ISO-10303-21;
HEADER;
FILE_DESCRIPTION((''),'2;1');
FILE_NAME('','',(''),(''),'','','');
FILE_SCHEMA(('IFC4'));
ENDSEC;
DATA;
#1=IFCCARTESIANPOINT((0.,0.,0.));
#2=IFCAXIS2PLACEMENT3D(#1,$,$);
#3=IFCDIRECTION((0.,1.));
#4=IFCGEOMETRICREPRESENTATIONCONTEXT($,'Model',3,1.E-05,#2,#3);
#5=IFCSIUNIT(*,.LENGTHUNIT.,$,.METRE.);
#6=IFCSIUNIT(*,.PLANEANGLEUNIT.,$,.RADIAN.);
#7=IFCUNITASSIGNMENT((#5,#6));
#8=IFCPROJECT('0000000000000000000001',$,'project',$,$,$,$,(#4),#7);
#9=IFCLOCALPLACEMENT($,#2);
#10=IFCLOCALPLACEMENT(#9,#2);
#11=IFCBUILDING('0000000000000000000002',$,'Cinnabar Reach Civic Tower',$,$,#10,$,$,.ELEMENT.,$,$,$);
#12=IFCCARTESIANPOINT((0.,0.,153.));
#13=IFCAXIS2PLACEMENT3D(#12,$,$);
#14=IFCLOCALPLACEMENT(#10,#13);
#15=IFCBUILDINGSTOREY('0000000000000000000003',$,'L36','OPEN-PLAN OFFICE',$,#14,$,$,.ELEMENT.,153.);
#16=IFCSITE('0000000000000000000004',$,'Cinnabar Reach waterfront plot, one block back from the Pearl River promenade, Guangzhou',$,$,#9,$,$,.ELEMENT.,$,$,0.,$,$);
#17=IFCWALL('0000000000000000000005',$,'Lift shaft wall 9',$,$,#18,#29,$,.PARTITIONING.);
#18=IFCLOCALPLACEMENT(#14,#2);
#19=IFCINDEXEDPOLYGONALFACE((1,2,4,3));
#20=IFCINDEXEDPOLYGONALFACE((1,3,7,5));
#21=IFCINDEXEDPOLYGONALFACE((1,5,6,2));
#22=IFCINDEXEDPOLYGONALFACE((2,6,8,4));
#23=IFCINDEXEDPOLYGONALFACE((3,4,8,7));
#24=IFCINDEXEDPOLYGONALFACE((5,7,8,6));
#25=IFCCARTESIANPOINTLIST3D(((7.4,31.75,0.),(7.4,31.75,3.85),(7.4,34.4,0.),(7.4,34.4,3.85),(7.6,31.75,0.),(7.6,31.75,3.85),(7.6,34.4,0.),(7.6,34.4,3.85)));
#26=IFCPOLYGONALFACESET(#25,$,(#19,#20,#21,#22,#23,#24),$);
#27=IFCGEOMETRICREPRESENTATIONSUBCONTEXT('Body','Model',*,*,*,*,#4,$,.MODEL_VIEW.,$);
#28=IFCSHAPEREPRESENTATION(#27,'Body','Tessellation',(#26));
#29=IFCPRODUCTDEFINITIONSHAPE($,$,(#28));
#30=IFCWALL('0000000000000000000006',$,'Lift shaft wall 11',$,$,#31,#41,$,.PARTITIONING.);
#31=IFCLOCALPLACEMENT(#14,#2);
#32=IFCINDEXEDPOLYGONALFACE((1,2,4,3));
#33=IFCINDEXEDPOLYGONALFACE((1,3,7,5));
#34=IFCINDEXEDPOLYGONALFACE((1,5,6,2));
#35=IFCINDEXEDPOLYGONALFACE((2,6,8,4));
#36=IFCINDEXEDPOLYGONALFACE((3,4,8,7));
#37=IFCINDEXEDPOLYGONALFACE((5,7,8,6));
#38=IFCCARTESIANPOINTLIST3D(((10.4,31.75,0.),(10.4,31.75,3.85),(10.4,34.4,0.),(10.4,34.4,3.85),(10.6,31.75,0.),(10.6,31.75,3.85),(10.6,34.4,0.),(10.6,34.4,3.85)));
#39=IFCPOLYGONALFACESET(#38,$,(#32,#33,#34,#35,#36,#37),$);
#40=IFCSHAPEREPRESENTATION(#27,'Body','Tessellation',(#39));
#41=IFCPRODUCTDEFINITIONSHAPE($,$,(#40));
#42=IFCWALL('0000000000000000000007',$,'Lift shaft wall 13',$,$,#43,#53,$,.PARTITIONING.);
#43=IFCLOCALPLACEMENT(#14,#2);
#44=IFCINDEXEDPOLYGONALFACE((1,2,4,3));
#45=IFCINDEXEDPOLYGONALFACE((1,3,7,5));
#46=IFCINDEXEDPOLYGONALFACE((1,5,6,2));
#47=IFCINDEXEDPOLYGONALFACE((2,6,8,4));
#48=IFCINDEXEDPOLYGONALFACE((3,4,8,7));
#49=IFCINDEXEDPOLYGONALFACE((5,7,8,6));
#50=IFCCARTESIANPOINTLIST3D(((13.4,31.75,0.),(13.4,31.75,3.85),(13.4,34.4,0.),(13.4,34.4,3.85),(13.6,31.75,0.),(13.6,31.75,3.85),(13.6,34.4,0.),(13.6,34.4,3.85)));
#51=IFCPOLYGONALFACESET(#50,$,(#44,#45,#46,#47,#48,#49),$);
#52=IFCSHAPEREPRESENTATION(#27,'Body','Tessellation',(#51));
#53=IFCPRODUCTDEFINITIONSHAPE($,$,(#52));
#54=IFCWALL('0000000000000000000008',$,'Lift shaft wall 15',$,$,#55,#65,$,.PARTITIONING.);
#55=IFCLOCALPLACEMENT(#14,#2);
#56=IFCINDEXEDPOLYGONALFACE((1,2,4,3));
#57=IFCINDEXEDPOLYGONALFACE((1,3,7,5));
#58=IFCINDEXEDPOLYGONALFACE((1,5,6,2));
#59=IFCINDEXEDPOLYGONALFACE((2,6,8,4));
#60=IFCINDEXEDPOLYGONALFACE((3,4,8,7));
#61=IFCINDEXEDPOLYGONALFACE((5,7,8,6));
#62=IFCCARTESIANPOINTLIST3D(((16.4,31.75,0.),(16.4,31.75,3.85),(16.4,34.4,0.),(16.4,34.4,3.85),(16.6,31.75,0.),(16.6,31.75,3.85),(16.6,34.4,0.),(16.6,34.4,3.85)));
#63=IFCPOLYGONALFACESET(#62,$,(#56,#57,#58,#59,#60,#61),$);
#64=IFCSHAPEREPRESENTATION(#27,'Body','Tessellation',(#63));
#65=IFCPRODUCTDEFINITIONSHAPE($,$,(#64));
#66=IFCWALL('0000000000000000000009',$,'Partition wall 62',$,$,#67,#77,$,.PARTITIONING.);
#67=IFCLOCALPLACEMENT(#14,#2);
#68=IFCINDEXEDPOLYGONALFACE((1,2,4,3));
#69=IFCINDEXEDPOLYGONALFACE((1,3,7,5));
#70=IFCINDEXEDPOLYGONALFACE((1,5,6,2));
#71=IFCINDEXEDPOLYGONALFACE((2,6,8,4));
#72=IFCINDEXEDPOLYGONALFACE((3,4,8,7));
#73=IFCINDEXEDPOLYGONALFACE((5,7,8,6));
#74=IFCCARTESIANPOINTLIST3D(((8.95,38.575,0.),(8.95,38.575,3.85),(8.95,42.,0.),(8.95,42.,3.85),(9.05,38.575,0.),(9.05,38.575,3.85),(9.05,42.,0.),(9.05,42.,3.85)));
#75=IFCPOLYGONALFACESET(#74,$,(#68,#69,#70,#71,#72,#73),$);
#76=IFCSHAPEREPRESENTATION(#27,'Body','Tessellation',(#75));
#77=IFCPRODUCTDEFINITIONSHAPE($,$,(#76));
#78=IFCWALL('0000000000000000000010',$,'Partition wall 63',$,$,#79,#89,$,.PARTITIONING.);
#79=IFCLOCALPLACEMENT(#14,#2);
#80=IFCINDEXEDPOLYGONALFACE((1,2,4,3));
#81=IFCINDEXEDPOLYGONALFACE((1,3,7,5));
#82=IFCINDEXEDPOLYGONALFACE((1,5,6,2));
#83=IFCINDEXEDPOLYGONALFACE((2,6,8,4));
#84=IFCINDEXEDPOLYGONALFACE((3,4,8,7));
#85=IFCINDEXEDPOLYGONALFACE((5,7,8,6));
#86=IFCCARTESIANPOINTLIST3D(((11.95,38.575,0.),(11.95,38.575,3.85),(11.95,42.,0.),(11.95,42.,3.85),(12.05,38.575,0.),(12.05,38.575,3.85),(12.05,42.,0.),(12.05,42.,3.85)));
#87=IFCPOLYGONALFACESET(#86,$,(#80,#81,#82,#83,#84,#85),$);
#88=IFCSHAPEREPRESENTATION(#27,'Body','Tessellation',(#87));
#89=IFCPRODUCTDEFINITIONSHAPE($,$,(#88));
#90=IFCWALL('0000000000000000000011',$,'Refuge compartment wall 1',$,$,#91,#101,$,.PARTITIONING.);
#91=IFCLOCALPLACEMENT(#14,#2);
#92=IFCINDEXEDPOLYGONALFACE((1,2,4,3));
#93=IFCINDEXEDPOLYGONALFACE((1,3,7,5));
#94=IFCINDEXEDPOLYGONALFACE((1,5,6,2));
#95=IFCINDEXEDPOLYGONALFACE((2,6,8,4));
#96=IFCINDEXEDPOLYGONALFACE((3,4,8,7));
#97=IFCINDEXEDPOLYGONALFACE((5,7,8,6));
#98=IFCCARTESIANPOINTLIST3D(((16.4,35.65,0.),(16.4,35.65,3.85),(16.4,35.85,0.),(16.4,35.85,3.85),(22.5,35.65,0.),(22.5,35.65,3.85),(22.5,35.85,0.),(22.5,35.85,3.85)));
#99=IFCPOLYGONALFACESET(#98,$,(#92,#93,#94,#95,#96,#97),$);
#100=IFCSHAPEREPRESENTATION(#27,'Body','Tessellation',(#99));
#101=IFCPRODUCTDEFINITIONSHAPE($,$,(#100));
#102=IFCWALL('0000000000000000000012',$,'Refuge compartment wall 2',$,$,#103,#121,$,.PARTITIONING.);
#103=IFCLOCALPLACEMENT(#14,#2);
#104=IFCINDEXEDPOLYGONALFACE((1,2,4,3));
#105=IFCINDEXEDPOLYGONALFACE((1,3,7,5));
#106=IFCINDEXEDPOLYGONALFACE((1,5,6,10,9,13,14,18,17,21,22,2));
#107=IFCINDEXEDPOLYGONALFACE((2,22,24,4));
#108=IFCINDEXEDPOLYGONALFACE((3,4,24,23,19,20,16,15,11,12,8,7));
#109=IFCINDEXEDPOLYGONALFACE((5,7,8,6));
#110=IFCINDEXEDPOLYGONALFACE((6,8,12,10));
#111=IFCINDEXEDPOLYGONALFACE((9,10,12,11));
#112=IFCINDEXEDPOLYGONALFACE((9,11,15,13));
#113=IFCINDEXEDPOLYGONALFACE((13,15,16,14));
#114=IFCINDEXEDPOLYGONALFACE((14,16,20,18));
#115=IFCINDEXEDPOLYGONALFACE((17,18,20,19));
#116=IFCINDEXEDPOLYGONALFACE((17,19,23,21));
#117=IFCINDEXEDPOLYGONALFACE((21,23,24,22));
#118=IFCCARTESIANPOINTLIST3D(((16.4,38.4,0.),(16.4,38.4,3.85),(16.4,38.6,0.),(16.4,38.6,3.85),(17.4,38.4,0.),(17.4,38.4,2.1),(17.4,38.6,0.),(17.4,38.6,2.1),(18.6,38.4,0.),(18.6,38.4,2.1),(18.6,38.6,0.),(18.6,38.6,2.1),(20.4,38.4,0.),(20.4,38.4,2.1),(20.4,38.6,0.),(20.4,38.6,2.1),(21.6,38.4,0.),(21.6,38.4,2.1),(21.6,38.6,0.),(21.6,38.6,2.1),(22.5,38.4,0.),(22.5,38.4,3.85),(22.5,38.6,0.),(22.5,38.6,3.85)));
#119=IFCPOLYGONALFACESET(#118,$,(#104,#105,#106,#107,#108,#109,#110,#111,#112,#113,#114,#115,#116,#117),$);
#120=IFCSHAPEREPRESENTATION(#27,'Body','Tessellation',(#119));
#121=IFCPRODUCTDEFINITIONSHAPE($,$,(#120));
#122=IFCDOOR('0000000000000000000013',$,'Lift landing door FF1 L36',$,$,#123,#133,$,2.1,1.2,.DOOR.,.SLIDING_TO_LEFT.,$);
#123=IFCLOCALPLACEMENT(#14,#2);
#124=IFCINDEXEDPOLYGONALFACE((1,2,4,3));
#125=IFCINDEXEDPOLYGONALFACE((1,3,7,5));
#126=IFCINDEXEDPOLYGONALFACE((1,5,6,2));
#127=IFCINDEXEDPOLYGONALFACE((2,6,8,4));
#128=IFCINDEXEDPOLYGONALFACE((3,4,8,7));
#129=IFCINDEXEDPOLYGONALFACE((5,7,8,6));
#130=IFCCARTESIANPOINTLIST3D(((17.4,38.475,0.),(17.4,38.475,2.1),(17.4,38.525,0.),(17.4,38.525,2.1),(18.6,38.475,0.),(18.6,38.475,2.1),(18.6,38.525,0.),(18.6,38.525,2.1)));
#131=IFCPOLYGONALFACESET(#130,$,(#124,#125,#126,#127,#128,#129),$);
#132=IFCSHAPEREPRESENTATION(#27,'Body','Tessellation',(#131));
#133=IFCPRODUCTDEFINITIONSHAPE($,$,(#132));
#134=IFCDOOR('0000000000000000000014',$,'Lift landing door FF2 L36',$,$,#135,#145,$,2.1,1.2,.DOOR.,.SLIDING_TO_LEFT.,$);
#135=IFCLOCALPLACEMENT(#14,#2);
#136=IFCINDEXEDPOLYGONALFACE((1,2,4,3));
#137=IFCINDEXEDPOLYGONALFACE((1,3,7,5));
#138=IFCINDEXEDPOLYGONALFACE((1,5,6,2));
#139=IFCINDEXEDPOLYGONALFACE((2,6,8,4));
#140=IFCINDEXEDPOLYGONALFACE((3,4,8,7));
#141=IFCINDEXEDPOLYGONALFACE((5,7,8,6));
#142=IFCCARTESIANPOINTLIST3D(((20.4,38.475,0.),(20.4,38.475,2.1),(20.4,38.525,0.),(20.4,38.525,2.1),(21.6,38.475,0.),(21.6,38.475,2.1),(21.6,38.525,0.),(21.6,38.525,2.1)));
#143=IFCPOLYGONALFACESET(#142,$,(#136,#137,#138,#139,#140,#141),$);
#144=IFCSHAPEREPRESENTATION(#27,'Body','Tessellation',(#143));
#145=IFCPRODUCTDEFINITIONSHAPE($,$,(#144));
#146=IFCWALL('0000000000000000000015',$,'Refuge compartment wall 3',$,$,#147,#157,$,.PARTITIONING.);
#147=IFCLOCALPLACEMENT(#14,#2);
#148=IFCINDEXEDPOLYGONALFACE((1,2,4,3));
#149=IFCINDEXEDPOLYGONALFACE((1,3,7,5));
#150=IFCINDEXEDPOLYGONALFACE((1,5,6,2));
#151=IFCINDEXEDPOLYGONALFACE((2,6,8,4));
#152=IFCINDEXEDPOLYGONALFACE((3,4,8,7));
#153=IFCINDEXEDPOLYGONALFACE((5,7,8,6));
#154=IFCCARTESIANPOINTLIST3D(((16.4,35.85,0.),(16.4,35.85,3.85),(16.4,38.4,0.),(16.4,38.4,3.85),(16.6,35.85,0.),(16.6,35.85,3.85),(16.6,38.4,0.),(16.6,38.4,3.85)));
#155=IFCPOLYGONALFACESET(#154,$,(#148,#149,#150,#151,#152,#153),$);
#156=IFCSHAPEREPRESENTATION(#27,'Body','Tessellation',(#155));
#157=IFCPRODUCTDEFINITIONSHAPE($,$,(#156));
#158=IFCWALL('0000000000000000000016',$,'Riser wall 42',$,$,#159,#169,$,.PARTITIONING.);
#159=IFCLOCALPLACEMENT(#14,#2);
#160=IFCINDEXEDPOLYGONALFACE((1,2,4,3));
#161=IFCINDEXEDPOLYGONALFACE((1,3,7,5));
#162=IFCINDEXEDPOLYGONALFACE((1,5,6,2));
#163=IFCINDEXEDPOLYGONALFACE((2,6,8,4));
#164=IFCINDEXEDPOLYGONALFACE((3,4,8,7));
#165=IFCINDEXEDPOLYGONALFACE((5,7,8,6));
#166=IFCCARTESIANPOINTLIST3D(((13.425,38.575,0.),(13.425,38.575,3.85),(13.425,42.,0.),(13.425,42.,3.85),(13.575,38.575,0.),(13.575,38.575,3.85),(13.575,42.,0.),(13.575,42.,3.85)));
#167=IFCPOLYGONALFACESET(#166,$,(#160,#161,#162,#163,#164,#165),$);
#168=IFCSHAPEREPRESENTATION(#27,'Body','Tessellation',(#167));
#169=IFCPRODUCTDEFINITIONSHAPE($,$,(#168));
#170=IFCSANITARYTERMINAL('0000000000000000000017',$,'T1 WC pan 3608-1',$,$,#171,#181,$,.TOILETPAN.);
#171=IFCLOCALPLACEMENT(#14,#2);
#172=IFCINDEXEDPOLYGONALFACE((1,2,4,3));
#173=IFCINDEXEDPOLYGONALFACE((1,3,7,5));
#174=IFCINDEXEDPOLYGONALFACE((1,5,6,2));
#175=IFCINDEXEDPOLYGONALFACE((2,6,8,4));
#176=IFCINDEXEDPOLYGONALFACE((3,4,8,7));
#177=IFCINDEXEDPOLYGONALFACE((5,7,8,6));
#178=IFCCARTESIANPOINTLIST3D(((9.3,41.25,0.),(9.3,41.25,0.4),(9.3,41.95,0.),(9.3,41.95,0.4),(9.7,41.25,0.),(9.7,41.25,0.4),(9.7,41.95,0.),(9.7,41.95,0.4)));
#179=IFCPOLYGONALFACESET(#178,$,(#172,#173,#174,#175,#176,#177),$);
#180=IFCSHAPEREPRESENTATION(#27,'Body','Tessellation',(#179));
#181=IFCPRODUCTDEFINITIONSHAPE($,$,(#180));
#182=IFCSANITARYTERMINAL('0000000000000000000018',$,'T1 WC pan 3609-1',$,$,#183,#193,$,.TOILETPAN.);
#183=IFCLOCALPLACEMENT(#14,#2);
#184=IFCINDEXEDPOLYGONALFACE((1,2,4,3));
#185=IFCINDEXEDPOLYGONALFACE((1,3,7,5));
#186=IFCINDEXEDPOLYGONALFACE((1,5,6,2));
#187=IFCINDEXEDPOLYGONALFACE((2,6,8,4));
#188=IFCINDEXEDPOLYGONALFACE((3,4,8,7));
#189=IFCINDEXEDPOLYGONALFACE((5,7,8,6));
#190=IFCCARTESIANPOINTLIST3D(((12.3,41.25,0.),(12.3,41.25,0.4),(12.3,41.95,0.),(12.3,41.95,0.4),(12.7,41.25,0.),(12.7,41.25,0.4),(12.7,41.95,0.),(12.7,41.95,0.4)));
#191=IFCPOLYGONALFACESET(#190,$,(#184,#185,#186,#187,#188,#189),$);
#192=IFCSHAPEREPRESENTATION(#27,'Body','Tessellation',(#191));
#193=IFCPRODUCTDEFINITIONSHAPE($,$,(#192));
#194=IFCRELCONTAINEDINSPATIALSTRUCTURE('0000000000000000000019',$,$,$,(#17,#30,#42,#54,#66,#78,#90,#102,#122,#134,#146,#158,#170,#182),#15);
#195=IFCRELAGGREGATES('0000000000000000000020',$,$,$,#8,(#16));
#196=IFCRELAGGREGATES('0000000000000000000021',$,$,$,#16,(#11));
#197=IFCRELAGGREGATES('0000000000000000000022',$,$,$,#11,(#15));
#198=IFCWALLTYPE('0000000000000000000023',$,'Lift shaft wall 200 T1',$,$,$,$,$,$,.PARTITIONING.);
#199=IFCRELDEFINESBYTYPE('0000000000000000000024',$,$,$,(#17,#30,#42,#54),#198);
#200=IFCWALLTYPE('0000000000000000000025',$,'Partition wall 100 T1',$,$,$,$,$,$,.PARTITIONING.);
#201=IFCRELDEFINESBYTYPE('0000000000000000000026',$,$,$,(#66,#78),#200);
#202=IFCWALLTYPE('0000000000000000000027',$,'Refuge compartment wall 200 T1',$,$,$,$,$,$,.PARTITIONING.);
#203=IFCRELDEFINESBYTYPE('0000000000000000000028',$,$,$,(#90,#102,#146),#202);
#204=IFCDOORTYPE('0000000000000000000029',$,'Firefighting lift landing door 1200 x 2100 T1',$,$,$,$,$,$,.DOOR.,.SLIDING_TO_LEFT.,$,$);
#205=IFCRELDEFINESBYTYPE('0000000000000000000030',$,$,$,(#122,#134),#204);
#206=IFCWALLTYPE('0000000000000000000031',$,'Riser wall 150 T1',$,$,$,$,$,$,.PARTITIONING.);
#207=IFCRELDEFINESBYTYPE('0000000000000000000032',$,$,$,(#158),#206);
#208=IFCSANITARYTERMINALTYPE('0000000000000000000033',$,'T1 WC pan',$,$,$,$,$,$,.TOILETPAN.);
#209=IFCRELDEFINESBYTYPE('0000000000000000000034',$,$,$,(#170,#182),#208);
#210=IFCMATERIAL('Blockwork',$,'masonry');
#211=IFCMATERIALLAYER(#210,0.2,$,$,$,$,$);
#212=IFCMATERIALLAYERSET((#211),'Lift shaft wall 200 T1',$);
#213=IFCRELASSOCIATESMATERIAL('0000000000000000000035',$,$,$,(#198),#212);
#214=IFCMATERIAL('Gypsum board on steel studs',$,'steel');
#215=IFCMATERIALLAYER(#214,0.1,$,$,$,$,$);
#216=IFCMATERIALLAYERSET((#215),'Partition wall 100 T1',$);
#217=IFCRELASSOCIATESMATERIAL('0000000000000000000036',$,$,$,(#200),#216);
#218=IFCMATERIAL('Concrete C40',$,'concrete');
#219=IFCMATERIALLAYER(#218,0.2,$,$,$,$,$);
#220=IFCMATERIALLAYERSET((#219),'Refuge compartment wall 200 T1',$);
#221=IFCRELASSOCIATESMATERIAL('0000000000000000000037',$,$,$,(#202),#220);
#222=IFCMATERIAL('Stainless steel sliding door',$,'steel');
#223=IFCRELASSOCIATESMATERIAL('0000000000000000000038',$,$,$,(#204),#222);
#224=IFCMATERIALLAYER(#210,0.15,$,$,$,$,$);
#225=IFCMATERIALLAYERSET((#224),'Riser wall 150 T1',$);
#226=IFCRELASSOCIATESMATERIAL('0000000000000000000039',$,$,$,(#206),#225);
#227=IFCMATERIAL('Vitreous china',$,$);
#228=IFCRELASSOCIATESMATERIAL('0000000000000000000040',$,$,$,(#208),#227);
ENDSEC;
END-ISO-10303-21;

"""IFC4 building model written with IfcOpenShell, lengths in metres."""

from ifc_helpers import new_model, si_unit, direction, frame, frame_2d, origin, origin_2d, place, context, subcontext, project, spatial, rectangle, extrude, material, layer, layer_set, type_object, element, fill, save


model = new_model("IFC4")

# Units and contexts
model_context = context("Model", 3, precision=1e-05, world=origin(), true_north=direction((0.0, 1.0)))
body_context = subcontext(model_context, "Body", "Model", "MODEL_VIEW")
ifc_project = project(units=[si_unit("LENGTHUNIT", "METRE"), si_unit("PLANEANGLEUNIT", "RADIAN")], contexts=[model_context])

# Site, building, storey
site_placement = place(None, origin())
site = spatial("IfcSite", under=ifc_project, at=site_placement, Name="Cinnabar Reach waterfront plot, one block back from the Pearl River promenade, Guangzhou", CompositionType="ELEMENT", RefElevation=0.0)
building_placement = place(site_placement, origin())
building = spatial("IfcBuilding", under=site, at=building_placement, Name="Cinnabar Reach Civic Tower", CompositionType="ELEMENT")
storey_placement = place(building_placement, frame((0.0, 0.0, 153.0)))
storey = spatial("IfcBuildingStorey", under=building, at=storey_placement, Name="L36", Description="OPEN-PLAN OFFICE", CompositionType="ELEMENT", Elevation=153.0)

# Walls
ifc_material_1 = material(Name="Blockwork", Category="masonry")
ifc_layer_1 = layer(ifc_material_1, 0.2)
ifc_layer_set_1 = layer_set([ifc_layer_1], Name="Lift shaft wall 200 T1")
wall_type_1 = type_object("IfcWallType", Name="Lift shaft wall 200 T1", PredefinedType="PARTITIONING", material=ifc_layer_set_1)
for number, where, z_axis, x_axis, name in (
    (1, (7.5, 31.75, 0.0), (0.0, 0.0, 1.0), (0.0, 1.0, 0.0), "Lift shaft wall 9"),
    (2, (10.5, 31.75, 0.0), (0.0, 0.0, 1.0), (0.0, 1.0, 0.0), "Lift shaft wall 11"),
    (3, (13.5, 31.75, 0.0), (0.0, 0.0, 1.0), (0.0, 1.0, 0.0), "Lift shaft wall 13"),
    (4, (16.5, 31.75, 0.0), (0.0, 0.0, 1.0), (0.0, 1.0, 0.0), "Lift shaft wall 15"),
):
    element("IfcWall", number, at=place(storey_placement, frame(where, z_axis=z_axis, x_axis=x_axis)), inside=storey, type_object=wall_type_1, Name=name, PredefinedType="PARTITIONING", context=body_context, shape_type="SweptSolid", body=[
        extrude(rectangle(XDim=2.65, YDim=0.2, at=frame_2d((1.325, 0.0))), origin(), (0.0, 0.0, 1.0), 3.85),
    ])
ifc_material_2 = material(Name="Gypsum board on steel studs", Category="steel")
ifc_layer_2 = layer(ifc_material_2, 0.1)
ifc_layer_set_2 = layer_set([ifc_layer_2], Name="Partition wall 100 T1")
wall_type_2 = type_object("IfcWallType", Name="Partition wall 100 T1", PredefinedType="PARTITIONING", material=ifc_layer_set_2)
for number, where, z_axis, x_axis, name in (
    (5, (9.0, 38.575, 0.0), (0.0, 0.0, 1.0), (0.0, 1.0, 0.0), "Partition wall 62"),
    (6, (12.0, 38.575, 0.0), (0.0, 0.0, 1.0), (0.0, 1.0, 0.0), "Partition wall 63"),
):
    element("IfcWall", number, at=place(storey_placement, frame(where, z_axis=z_axis, x_axis=x_axis)), inside=storey, type_object=wall_type_2, Name=name, PredefinedType="PARTITIONING", context=body_context, shape_type="SweptSolid", body=[
        extrude(rectangle(XDim=3.425, YDim=0.1, at=frame_2d((1.7125, 0.0))), origin(), (0.0, 0.0, 1.0), 3.85),
    ])
ifc_material_3 = material(Name="Concrete C40", Category="concrete")
ifc_layer_3 = layer(ifc_material_3, 0.2)
ifc_layer_set_3 = layer_set([ifc_layer_3], Name="Refuge compartment wall 200 T1")
wall_type_3 = type_object("IfcWallType", Name="Refuge compartment wall 200 T1", PredefinedType="PARTITIONING", material=ifc_layer_set_3)
wall_1_placement = place(storey_placement, frame((16.4, 35.75, 0.0), z_axis=(0.0, 0.0, 1.0), x_axis=(1.0, 0.0, 0.0)))
element("IfcWall", 7, at=wall_1_placement, inside=storey, type_object=wall_type_3, Name="Refuge compartment wall 1", PredefinedType="PARTITIONING", context=body_context, shape_type="SweptSolid", body=[
    extrude(rectangle(XDim=6.1, YDim=0.2, at=frame_2d((3.05, 0.0))), origin(), (0.0, 0.0, 1.0), 3.85),
])

# Wall, openings, doors
wall_2_placement = place(storey_placement, frame((16.4, 38.5, 0.0), z_axis=(0.0, 0.0, 1.0), x_axis=(1.0, 0.0, 0.0)))
wall_2 = element("IfcWall", 8, at=wall_2_placement, inside=storey, type_object=wall_type_3, Name="Refuge compartment wall 2", PredefinedType="PARTITIONING", context=body_context, shape_type="SweptSolid", body=[
    extrude(rectangle(XDim=6.1, YDim=0.2, at=frame_2d((3.05, 0.0))), origin(), (0.0, 0.0, 1.0), 3.85),
])
opening_1_placement = place(wall_2_placement, frame((1.0, 0.0, 0.0)))
opening_1 = element("IfcOpeningElement", 9, at=opening_1_placement, cuts=wall_2, PredefinedType="OPENING", context=body_context, shape_type="SweptSolid", body=[
    extrude(rectangle(XDim=1.2, YDim=2.1, at=frame_2d((0.6, 1.05))), frame((0.0, 0.11, 0.0), z_axis=(0.0, -1.0, 0.0), x_axis=(1.0, 0.0, 0.0)), (0.0, 0.0, 1.0), 0.22),
])
opening_2_placement = place(wall_2_placement, frame((4.0, 0.0, 0.0)))
opening_2 = element("IfcOpeningElement", 10, at=opening_2_placement, cuts=wall_2, PredefinedType="OPENING", context=body_context, shape_type="SweptSolid", body=[
    extrude(rectangle(XDim=1.2, YDim=2.1, at=frame_2d((0.6, 1.05))), frame((0.0, 0.11, 0.0), z_axis=(0.0, -1.0, 0.0), x_axis=(1.0, 0.0, 0.0)), (0.0, 0.0, 1.0), 0.22),
])
ifc_material_4 = material(Name="Stainless steel sliding door", Category="steel")
door_type = type_object("IfcDoorType", Name="Firefighting lift landing door 1200 x 2100 T1", OperationType="SLIDING_TO_LEFT", PredefinedType="DOOR", material=ifc_material_4)
door_1_placement = place(opening_1_placement, origin())
door_1 = element("IfcDoor", 11, at=door_1_placement, inside=storey, type_object=door_type, Name="Lift landing door FF1 L36", OperationType="SLIDING_TO_LEFT", OverallHeight=2.1, OverallWidth=1.2, PredefinedType="DOOR", context=body_context, shape_type="SweptSolid", body=[
    extrude(rectangle(XDim=1.2, YDim=2.1, at=frame_2d((0.6, 1.05))), frame((0.0, 0.025, 0.0), z_axis=(0.0, -1.0, 0.0), x_axis=(1.0, 0.0, 0.0)), (0.0, 0.0, 1.0), 0.05),
])
fill(opening_1, door_1)
door_2_placement = place(opening_2_placement, origin())
door_2 = element("IfcDoor", 12, at=door_2_placement, inside=storey, type_object=door_type, Name="Lift landing door FF2 L36", OperationType="SLIDING_TO_LEFT", OverallHeight=2.1, OverallWidth=1.2, PredefinedType="DOOR", context=body_context, shape_type="SweptSolid", body=[
    extrude(rectangle(XDim=1.2, YDim=2.1, at=frame_2d((0.6, 1.05))), frame((0.0, 0.025, 0.0), z_axis=(0.0, -1.0, 0.0), x_axis=(1.0, 0.0, 0.0)), (0.0, 0.0, 1.0), 0.05),
])
fill(opening_2, door_2)

# Walls
wall_3_placement = place(storey_placement, frame((16.5, 35.85, 0.0), z_axis=(0.0, 0.0, 1.0), x_axis=(0.0, 1.0, 0.0)))
element("IfcWall", 13, at=wall_3_placement, inside=storey, type_object=wall_type_3, Name="Refuge compartment wall 3", PredefinedType="PARTITIONING", context=body_context, shape_type="SweptSolid", body=[
    extrude(rectangle(XDim=2.55, YDim=0.2, at=frame_2d((1.275, 0.0))), origin(), (0.0, 0.0, 1.0), 3.85),
])
ifc_layer_4 = layer(ifc_material_1, 0.15)
ifc_layer_set_4 = layer_set([ifc_layer_4], Name="Riser wall 150 T1")
wall_type_4 = type_object("IfcWallType", Name="Riser wall 150 T1", PredefinedType="PARTITIONING", material=ifc_layer_set_4)
wall_4_placement = place(storey_placement, frame((13.5, 38.575, 0.0), z_axis=(0.0, 0.0, 1.0), x_axis=(0.0, 1.0, 0.0)))
element("IfcWall", 14, at=wall_4_placement, inside=storey, type_object=wall_type_4, Name="Riser wall 42", PredefinedType="PARTITIONING", context=body_context, shape_type="SweptSolid", body=[
    extrude(rectangle(XDim=3.425, YDim=0.15, at=frame_2d((1.7125, 0.0))), origin(), (0.0, 0.0, 1.0), 3.85),
])

# Sanitary terminals
ifc_material_5 = material(Name="Vitreous china")
sanitary_terminal_type_1 = type_object("IfcSanitaryTerminalType", Name="T1 WC pan", PredefinedType="TOILETPAN", material=ifc_material_5)
for number, where, z_axis, x_axis, name in (
    (15, (9.5, 41.6, 0.0), (0.0, 0.0, 1.0), (1.0, 0.0, 0.0), "T1 WC pan 3608-1"),
    (16, (12.5, 41.6, 0.0), (0.0, 0.0, 1.0), (1.0, 0.0, 0.0), "T1 WC pan 3609-1"),
):
    element("IfcSanitaryTerminal", number, at=place(storey_placement, frame(where, z_axis=z_axis, x_axis=x_axis)), inside=storey, type_object=sanitary_terminal_type_1, Name=name, PredefinedType="TOILETPAN", context=body_context, shape_type="SweptSolid", body=[
        extrude(rectangle(XDim=0.4, YDim=0.7, at=origin_2d()), origin(), (0.0, 0.0, 1.0), 0.4),
    ])

save(model, "model.ifc")
